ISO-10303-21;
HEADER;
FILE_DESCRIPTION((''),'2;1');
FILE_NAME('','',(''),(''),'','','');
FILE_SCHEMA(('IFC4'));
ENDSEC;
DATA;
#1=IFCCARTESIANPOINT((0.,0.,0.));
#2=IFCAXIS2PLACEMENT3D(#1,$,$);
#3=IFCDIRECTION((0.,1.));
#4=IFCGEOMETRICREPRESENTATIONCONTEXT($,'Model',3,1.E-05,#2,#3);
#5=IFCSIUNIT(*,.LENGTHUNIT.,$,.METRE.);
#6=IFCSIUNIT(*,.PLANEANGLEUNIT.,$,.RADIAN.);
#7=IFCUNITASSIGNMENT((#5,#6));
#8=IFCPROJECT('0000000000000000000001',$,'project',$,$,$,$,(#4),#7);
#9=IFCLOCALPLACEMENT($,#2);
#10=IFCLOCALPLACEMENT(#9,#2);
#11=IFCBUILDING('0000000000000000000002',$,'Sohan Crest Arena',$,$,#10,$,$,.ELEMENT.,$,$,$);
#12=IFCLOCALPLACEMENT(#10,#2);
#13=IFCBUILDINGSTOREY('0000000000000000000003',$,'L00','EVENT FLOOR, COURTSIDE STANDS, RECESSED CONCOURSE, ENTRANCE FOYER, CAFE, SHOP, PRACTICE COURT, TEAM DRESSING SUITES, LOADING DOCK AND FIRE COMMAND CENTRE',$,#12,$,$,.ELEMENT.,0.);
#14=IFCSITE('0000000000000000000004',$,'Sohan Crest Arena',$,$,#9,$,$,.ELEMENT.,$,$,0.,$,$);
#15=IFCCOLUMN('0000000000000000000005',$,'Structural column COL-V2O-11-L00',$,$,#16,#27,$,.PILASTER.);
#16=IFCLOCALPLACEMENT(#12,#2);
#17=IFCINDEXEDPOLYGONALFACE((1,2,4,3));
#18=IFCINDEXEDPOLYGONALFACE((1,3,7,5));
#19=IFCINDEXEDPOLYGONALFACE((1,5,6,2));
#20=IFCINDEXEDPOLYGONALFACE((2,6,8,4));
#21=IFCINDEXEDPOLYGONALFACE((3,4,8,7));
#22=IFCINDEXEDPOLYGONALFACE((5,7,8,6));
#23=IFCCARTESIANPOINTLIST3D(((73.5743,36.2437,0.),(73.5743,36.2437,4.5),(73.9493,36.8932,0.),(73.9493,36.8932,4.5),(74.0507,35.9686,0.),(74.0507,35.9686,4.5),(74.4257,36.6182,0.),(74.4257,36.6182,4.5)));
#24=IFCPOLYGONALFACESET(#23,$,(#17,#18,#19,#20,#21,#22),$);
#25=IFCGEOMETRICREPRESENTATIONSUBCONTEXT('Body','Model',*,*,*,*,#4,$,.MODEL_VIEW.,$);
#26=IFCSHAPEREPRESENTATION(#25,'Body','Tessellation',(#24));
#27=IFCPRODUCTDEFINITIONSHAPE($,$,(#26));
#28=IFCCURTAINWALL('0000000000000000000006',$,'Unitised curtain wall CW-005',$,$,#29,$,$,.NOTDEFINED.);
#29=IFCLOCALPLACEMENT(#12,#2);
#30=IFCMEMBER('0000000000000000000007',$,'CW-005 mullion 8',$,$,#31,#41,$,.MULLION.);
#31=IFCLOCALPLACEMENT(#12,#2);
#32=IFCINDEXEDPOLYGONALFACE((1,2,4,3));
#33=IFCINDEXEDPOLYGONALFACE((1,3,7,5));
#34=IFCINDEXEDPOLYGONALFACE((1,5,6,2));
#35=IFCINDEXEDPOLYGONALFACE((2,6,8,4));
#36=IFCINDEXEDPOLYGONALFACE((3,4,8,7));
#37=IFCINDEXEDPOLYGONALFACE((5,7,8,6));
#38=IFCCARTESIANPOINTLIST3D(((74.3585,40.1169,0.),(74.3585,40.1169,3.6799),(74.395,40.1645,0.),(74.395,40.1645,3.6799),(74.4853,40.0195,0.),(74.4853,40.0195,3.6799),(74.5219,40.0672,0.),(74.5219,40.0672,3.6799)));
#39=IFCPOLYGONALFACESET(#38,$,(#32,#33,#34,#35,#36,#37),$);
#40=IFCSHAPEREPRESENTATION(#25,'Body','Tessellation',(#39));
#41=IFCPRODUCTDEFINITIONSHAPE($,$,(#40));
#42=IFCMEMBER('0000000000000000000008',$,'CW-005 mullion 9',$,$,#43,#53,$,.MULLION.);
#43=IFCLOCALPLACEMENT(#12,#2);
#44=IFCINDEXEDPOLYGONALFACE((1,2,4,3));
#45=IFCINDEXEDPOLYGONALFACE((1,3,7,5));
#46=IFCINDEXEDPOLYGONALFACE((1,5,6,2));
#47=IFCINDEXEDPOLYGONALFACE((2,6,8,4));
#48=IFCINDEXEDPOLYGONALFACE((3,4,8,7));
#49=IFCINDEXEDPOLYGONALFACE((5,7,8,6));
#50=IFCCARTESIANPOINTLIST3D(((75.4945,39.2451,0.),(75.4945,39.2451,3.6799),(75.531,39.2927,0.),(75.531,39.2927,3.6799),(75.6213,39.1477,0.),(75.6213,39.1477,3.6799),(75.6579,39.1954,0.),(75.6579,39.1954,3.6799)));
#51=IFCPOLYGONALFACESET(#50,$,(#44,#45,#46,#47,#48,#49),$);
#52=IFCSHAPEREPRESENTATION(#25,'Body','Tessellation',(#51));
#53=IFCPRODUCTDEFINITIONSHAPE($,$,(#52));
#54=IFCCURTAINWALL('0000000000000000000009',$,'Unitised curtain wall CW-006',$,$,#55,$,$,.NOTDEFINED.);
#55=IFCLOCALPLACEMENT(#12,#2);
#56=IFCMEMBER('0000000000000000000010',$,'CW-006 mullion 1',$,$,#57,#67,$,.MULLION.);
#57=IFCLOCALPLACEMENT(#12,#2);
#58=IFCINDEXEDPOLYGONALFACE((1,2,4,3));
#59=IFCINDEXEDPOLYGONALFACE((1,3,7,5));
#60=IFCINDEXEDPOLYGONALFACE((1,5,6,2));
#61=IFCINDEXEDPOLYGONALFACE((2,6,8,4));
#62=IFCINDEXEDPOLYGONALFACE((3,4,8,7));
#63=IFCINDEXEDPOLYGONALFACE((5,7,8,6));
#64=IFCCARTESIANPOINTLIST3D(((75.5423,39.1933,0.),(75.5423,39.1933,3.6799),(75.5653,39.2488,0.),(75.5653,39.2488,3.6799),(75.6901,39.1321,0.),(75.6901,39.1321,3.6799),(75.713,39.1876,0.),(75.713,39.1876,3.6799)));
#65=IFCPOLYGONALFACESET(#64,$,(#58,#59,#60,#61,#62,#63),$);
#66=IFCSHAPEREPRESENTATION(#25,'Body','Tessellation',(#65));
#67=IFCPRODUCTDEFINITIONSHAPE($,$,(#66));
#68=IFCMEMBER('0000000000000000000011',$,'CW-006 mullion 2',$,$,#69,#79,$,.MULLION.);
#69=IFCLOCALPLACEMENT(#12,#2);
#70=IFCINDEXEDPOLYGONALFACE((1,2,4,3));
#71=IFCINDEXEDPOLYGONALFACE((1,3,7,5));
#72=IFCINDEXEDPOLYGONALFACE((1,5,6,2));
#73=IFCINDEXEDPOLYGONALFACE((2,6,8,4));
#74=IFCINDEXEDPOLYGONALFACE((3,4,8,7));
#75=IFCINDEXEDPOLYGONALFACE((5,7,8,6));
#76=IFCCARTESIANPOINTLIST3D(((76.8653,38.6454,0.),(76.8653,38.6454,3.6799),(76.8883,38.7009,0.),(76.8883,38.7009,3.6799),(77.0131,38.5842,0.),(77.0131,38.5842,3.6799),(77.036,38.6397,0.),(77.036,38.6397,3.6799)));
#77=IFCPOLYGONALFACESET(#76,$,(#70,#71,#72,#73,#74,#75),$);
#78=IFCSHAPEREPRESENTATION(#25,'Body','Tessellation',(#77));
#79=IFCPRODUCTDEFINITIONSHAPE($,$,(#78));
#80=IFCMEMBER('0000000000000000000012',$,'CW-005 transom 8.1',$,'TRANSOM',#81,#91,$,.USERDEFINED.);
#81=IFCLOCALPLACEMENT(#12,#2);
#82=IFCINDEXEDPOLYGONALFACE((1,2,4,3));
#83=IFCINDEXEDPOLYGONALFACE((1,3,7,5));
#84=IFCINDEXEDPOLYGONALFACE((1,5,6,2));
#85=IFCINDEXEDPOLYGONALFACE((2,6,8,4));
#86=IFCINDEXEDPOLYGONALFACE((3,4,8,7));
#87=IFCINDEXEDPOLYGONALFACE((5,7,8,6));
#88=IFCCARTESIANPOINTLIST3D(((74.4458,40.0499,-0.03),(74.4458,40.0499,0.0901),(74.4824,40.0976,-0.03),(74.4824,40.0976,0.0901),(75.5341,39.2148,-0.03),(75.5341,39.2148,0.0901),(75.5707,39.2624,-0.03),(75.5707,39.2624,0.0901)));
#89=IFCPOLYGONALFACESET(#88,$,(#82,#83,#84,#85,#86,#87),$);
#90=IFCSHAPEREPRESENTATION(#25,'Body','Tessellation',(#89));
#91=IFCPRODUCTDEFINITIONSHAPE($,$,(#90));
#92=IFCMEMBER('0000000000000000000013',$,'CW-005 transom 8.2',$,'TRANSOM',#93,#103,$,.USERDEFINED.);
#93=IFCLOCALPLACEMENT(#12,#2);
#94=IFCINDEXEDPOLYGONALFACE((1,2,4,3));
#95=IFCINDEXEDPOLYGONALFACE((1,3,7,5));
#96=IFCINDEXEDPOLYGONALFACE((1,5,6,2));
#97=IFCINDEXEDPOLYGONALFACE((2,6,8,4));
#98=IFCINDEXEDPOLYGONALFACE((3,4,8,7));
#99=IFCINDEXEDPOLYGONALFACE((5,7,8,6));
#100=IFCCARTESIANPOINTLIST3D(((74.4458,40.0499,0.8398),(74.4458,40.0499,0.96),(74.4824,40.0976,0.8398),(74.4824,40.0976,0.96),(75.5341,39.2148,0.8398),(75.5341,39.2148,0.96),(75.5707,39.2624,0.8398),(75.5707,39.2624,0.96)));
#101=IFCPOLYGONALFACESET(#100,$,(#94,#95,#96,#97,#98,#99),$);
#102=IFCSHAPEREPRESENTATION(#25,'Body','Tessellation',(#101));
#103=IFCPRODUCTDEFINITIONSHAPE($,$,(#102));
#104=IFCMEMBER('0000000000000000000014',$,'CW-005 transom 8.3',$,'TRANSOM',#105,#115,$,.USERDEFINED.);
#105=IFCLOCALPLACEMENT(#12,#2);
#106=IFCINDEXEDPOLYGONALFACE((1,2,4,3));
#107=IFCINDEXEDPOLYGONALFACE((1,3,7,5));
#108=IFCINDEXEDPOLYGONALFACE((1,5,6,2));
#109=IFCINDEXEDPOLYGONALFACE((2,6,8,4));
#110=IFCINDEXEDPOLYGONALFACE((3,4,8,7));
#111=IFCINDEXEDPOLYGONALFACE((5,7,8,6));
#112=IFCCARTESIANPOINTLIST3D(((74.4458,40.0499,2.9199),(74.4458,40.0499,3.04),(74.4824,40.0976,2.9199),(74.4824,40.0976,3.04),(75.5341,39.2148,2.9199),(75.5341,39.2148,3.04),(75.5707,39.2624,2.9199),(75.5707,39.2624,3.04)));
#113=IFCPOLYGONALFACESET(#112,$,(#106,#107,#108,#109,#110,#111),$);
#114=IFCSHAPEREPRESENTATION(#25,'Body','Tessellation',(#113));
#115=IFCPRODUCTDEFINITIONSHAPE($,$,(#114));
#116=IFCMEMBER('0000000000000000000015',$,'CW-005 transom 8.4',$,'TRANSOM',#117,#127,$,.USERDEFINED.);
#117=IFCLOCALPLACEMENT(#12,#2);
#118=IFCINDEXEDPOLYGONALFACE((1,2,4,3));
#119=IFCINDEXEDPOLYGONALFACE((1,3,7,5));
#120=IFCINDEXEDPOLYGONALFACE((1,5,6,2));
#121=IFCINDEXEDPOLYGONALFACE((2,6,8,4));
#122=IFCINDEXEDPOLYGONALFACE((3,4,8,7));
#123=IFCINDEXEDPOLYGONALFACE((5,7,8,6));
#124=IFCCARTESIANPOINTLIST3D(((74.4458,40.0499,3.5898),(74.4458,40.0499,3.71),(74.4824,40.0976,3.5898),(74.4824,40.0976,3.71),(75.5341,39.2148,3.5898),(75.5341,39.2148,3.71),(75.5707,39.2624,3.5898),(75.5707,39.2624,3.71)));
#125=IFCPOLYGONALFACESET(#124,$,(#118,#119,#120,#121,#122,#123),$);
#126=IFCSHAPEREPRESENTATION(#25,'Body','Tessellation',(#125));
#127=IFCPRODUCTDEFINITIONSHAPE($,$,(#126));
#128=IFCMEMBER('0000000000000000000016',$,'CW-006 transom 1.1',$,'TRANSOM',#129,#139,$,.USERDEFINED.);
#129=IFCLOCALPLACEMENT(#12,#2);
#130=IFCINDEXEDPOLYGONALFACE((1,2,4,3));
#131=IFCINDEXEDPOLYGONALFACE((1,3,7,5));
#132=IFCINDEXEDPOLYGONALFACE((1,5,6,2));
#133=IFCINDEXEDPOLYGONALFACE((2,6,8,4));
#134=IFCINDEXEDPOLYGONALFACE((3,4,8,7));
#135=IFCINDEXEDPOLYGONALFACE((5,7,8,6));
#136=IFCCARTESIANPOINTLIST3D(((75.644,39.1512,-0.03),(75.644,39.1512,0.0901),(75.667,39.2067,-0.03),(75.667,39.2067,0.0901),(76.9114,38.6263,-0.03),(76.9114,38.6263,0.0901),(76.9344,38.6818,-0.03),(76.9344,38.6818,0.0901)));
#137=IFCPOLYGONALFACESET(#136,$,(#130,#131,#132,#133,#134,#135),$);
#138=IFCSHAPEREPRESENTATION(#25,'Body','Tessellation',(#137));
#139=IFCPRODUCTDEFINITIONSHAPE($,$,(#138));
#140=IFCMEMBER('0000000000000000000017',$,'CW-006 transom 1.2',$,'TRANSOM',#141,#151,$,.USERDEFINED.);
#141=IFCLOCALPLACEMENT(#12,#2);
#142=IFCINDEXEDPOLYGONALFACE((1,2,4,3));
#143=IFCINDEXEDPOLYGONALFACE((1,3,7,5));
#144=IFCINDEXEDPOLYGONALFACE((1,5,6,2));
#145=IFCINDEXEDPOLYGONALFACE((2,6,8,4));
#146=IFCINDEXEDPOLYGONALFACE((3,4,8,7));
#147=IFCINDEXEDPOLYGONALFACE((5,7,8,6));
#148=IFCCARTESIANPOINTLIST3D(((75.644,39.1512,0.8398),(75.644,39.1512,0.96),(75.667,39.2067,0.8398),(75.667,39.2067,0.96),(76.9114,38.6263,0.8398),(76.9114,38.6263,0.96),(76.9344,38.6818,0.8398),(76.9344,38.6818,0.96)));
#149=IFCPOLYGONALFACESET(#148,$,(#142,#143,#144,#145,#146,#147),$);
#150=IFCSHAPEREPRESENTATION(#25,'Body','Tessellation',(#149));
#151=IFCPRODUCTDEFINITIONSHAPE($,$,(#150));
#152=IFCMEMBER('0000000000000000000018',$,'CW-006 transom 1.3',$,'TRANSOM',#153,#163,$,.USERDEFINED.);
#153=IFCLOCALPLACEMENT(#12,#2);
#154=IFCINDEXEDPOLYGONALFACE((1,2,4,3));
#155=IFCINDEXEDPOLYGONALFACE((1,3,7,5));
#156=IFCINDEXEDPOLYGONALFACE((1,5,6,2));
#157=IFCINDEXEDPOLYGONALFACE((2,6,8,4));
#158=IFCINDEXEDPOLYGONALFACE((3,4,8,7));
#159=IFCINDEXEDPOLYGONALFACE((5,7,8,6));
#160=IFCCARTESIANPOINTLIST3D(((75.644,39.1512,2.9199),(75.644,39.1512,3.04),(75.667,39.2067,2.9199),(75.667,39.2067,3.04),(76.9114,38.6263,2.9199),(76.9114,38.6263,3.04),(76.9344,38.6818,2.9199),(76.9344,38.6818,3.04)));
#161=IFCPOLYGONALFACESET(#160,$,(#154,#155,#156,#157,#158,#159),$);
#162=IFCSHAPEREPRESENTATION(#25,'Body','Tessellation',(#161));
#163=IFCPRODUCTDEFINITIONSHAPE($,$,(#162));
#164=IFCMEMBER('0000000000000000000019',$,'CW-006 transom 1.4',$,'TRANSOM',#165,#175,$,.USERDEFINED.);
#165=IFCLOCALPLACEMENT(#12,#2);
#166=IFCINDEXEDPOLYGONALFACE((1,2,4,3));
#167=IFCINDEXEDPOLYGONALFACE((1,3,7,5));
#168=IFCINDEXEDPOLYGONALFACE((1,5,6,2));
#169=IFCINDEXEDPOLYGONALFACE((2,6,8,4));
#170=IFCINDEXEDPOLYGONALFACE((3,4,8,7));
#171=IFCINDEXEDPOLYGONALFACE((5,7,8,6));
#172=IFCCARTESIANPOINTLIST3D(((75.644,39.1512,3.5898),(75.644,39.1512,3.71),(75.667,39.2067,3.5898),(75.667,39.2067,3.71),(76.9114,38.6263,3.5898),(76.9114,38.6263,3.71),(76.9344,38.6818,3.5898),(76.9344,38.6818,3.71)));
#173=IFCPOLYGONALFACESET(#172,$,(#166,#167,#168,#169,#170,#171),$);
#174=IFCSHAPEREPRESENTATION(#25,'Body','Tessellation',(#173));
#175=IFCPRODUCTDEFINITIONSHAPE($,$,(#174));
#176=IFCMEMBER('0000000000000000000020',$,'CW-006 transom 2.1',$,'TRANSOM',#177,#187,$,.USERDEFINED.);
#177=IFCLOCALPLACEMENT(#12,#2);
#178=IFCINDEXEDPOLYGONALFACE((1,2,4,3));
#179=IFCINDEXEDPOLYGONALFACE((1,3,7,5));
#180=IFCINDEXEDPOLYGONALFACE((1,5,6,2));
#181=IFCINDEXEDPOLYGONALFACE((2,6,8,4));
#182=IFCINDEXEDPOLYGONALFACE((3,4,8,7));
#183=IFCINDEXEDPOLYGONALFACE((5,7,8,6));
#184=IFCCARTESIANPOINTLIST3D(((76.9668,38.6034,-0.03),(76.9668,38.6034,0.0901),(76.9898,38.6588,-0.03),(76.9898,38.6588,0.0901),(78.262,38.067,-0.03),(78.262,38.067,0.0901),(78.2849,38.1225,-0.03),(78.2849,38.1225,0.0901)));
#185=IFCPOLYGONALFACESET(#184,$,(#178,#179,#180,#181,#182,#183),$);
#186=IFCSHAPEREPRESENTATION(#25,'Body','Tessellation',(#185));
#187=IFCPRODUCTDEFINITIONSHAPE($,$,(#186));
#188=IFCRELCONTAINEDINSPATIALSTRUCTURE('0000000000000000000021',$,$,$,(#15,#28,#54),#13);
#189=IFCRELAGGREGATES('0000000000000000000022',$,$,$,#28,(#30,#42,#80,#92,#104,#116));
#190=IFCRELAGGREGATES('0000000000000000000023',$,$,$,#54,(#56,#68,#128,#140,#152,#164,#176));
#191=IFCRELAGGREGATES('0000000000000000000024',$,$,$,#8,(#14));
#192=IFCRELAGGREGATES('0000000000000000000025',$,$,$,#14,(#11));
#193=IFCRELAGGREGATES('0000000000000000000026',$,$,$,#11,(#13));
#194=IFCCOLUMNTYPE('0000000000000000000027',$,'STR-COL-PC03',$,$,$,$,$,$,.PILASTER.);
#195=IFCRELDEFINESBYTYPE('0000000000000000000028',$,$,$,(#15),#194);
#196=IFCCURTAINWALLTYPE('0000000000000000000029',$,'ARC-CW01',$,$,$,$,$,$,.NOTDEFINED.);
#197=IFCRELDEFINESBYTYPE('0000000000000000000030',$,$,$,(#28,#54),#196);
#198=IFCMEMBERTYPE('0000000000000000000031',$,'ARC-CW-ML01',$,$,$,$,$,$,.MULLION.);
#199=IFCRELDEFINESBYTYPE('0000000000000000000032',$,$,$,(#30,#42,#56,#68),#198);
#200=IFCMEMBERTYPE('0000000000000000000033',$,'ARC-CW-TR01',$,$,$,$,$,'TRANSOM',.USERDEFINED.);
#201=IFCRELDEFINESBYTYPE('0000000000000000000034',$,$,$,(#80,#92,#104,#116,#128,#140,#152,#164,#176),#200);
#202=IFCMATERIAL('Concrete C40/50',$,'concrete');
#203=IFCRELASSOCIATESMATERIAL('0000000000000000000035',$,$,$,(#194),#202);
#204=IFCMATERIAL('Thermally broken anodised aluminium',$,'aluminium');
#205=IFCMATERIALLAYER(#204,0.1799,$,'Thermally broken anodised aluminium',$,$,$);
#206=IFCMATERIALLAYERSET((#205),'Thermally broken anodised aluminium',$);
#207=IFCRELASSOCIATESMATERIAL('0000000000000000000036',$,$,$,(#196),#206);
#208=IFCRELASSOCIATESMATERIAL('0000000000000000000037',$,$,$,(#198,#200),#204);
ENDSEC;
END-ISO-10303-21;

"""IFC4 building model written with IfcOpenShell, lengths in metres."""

from ifc_helpers import new_model, si_unit, direction, frame, origin, origin_2d, place, context, subcontext, project, spatial, rectangle, extrude, material, layer, layer_set, material_profile, profile_set, type_object, element, aggregate, save


model = new_model("IFC4")

# Units and contexts
model_context = context("Model", 3, precision=1e-05, world=origin(), true_north=direction((0.0, 1.0)))
body_context = subcontext(model_context, "Body", "Model", "MODEL_VIEW")
ifc_project = project(units=[si_unit("LENGTHUNIT", "METRE"), si_unit("PLANEANGLEUNIT", "RADIAN")], contexts=[model_context])

# Site, building, storey
site_placement = place(None, origin())
site = spatial("IfcSite", under=ifc_project, at=site_placement, Name="Sohan Crest Arena", CompositionType="ELEMENT", RefElevation=0.0)
building_placement = place(site_placement, origin())
building = spatial("IfcBuilding", under=site, at=building_placement, Name="Sohan Crest Arena", CompositionType="ELEMENT")
storey_placement = place(building_placement, origin())
storey = spatial("IfcBuildingStorey", under=building, at=storey_placement, Name="L00", Description="EVENT FLOOR, COURTSIDE STANDS, RECESSED CONCOURSE, ENTRANCE FOYER, CAFE, SHOP, PRACTICE COURT, TEAM DRESSING SUITES, LOADING DOCK AND FIRE COMMAND CENTRE", CompositionType="ELEMENT", Elevation=0.0)

# Column
ifc_material_1 = material(Name="Concrete C40/50", Category="concrete")
ifc_material_profile_1 = material_profile(ifc_material_1, rectangle(XDim=0.75, YDim=0.55, at=origin_2d()), Name="RC 750x550")
ifc_profile_set_1 = profile_set([ifc_material_profile_1], Name="Concrete C40/50")
column_type = type_object("IfcColumnType", Name="STR-COL-PC03", PredefinedType="PILASTER", material=ifc_profile_set_1)
column_placement = place(storey_placement, frame((74.0, 36.4309, 0.0), z_axis=(0.0, 0.0, 1.0), x_axis=(0.5, 0.866025, 0.0)))
element("IfcColumn", 1, at=column_placement, inside=storey, type_object=column_type, Name="Structural column COL-V2O-11-L00", PredefinedType="PILASTER", context=body_context, shape_type="SweptSolid", body=[
    extrude(rectangle(XDim=0.75, YDim=0.55, at=origin_2d()), origin(), (0.0, 0.0, 1.0), 4.5),
])

# Curtain walls, members
ifc_material_2 = material(Name="Thermally broken anodised aluminium", Category="aluminium")
ifc_layer_1 = layer(ifc_material_2, 0.1799, Name="Thermally broken anodised aluminium")
ifc_layer_set_1 = layer_set([ifc_layer_1], Name="Thermally broken anodised aluminium")
curtain_wall_type = type_object("IfcCurtainWallType", Name="ARC-CW01", PredefinedType="NOTDEFINED", material=ifc_layer_set_1)
curtain_wall_1_placement = place(storey_placement, origin())
curtain_wall_1 = element("IfcCurtainWall", 2, at=curtain_wall_1_placement, inside=storey, type_object=curtain_wall_type, Name="Unitised curtain wall CW-005", PredefinedType="NOTDEFINED")
ifc_material_profile_2 = material_profile(ifc_material_2, rectangle(XDim=0.0601, YDim=0.1599, at=origin_2d()), Name="ALU-MULL 60x160")
ifc_profile_set_2 = profile_set([ifc_material_profile_2], Name="Thermally broken anodised aluminium")
member_type_1 = type_object("IfcMemberType", Name="ARC-CW-ML01", PredefinedType="MULLION", material=ifc_profile_set_2)
member_1_placement = place(storey_placement, frame((74.4402, 40.092, 0.0), z_axis=(0.0, 0.0, 1.0), x_axis=(0.608801, 0.793323, 0.0)))
member_1 = element("IfcMember", 3, at=member_1_placement, type_object=member_type_1, Name="CW-005 mullion 8", PredefinedType="MULLION", context=body_context, shape_type="SweptSolid", body=[
    extrude(rectangle(XDim=0.0601, YDim=0.1599, at=origin_2d()), origin(), (0.0, 0.0, 1.0), 3.6799),
])
member_2_placement = place(storey_placement, frame((75.5762, 39.2202, 0.0), z_axis=(0.0, 0.0, 1.0), x_axis=(0.608801, 0.793323, 0.0)))
member_2 = element("IfcMember", 4, at=member_2_placement, type_object=member_type_1, Name="CW-005 mullion 9", PredefinedType="MULLION", context=body_context, shape_type="SweptSolid", body=[
    extrude(rectangle(XDim=0.0601, YDim=0.1599, at=origin_2d()), origin(), (0.0, 0.0, 1.0), 3.6799),
])
curtain_wall_2_placement = place(storey_placement, origin())
curtain_wall_2 = element("IfcCurtainWall", 5, at=curtain_wall_2_placement, inside=storey, type_object=curtain_wall_type, Name="Unitised curtain wall CW-006", PredefinedType="NOTDEFINED")
member_3_placement = place(storey_placement, frame((75.6277, 39.1904, 0.0), z_axis=(0.0, 0.0, 1.0), x_axis=(0.382641, 0.923897, 0.0)))
member_3 = element("IfcMember", 6, at=member_3_placement, type_object=member_type_1, Name="CW-006 mullion 1", PredefinedType="MULLION", context=body_context, shape_type="SweptSolid", body=[
    extrude(rectangle(XDim=0.0601, YDim=0.1599, at=origin_2d()), origin(), (0.0, 0.0, 1.0), 3.6799),
])
member_4_placement = place(storey_placement, frame((76.9507, 38.6426, 0.0), z_axis=(0.0, 0.0, 1.0), x_axis=(0.382641, 0.923897, 0.0)))
member_4 = element("IfcMember", 7, at=member_4_placement, type_object=member_type_1, Name="CW-006 mullion 2", PredefinedType="MULLION", context=body_context, shape_type="SweptSolid", body=[
    extrude(rectangle(XDim=0.0601, YDim=0.1599, at=origin_2d()), origin(), (0.0, 0.0, 1.0), 3.6799),
])

# Members
ifc_material_profile_3 = material_profile(ifc_material_2, rectangle(XDim=0.0601, YDim=0.1201, at=origin_2d()), Name="ALU-TRAN 60x120")
ifc_profile_set_3 = profile_set([ifc_material_profile_3], Name="Thermally broken anodised aluminium")
member_type_2 = type_object("IfcMemberType", Name="ARC-CW-TR01", ElementType="TRANSOM", PredefinedType="USERDEFINED", material=ifc_profile_set_3)
member_5_placement = place(storey_placement, frame((74.4641, 40.0737, 0.03), z_axis=(0.793331, -0.60879, 0.0), x_axis=(0.60879, 0.793331, 0.0)))
member_5 = element("IfcMember", 8, at=member_5_placement, type_object=member_type_2, Name="CW-005 transom 8.1", ObjectType="TRANSOM", PredefinedType="USERDEFINED", context=body_context, shape_type="SweptSolid", body=[
    extrude(rectangle(XDim=0.0601, YDim=0.1201, at=origin_2d()), origin(), (0.0, 0.0, 1.0), 1.3718),
])
member_6_placement = place(storey_placement, frame((74.4641, 40.0737, 0.8999), z_axis=(0.793331, -0.60879, 0.0), x_axis=(0.60879, 0.793331, 0.0)))
member_6 = element("IfcMember", 9, at=member_6_placement, type_object=member_type_2, Name="CW-005 transom 8.2", ObjectType="TRANSOM", PredefinedType="USERDEFINED", context=body_context, shape_type="SweptSolid", body=[
    extrude(rectangle(XDim=0.0601, YDim=0.1201, at=origin_2d()), origin(), (0.0, 0.0, 1.0), 1.3718),
])
member_7_placement = place(storey_placement, frame((74.4641, 40.0737, 2.98), z_axis=(0.793331, -0.60879, 0.0), x_axis=(0.60879, 0.793331, 0.0)))
member_7 = element("IfcMember", 10, at=member_7_placement, type_object=member_type_2, Name="CW-005 transom 8.3", ObjectType="TRANSOM", PredefinedType="USERDEFINED", context=body_context, shape_type="SweptSolid", body=[
    extrude(rectangle(XDim=0.0601, YDim=0.1201, at=origin_2d()), origin(), (0.0, 0.0, 1.0), 1.3718),
])
member_8_placement = place(storey_placement, frame((74.4641, 40.0737, 3.6499), z_axis=(0.793331, -0.60879, 0.0), x_axis=(0.60879, 0.793331, 0.0)))
member_8 = element("IfcMember", 11, at=member_8_placement, type_object=member_type_2, Name="CW-005 transom 8.4", ObjectType="TRANSOM", PredefinedType="USERDEFINED", context=body_context, shape_type="SweptSolid", body=[
    extrude(rectangle(XDim=0.0601, YDim=0.1201, at=origin_2d()), origin(), (0.0, 0.0, 1.0), 1.3718),
])
member_9_placement = place(storey_placement, frame((75.6555, 39.179, 0.03), z_axis=(0.923891, -0.382656, 0.0), x_axis=(0.382656, 0.923891, 0.0)))
member_9 = element("IfcMember", 12, at=member_9_placement, type_object=member_type_2, Name="CW-006 transom 1.1", ObjectType="TRANSOM", PredefinedType="USERDEFINED", context=body_context, shape_type="SweptSolid", body=[
    extrude(rectangle(XDim=0.0601, YDim=0.1201, at=origin_2d()), origin(), (0.0, 0.0, 1.0), 1.3718),
])
member_10_placement = place(storey_placement, frame((75.6555, 39.179, 0.8999), z_axis=(0.923891, -0.382656, 0.0), x_axis=(0.382656, 0.923891, 0.0)))
member_10 = element("IfcMember", 13, at=member_10_placement, type_object=member_type_2, Name="CW-006 transom 1.2", ObjectType="TRANSOM", PredefinedType="USERDEFINED", context=body_context, shape_type="SweptSolid", body=[
    extrude(rectangle(XDim=0.0601, YDim=0.1201, at=origin_2d()), origin(), (0.0, 0.0, 1.0), 1.3718),
])
member_11_placement = place(storey_placement, frame((75.6555, 39.179, 2.98), z_axis=(0.923891, -0.382656, 0.0), x_axis=(0.382656, 0.923891, 0.0)))
member_11 = element("IfcMember", 14, at=member_11_placement, type_object=member_type_2, Name="CW-006 transom 1.3", ObjectType="TRANSOM", PredefinedType="USERDEFINED", context=body_context, shape_type="SweptSolid", body=[
    extrude(rectangle(XDim=0.0601, YDim=0.1201, at=origin_2d()), origin(), (0.0, 0.0, 1.0), 1.3718),
])
member_12_placement = place(storey_placement, frame((75.6555, 39.179, 3.6499), z_axis=(0.923891, -0.382656, 0.0), x_axis=(0.382656, 0.923891, 0.0)))
member_12 = element("IfcMember", 15, at=member_12_placement, type_object=member_type_2, Name="CW-006 transom 1.4", ObjectType="TRANSOM", PredefinedType="USERDEFINED", context=body_context, shape_type="SweptSolid", body=[
    extrude(rectangle(XDim=0.0601, YDim=0.1201, at=origin_2d()), origin(), (0.0, 0.0, 1.0), 1.3718),
])
member_13_placement = place(storey_placement, frame((76.9783, 38.6311, 0.03), z_axis=(0.923904, -0.382624, 0.0), x_axis=(0.382624, 0.923904, 0.0)))
member_13 = element("IfcMember", 16, at=member_13_placement, type_object=member_type_2, Name="CW-006 transom 2.1", ObjectType="TRANSOM", PredefinedType="USERDEFINED", context=body_context, shape_type="SweptSolid", body=[
    extrude(rectangle(XDim=0.0601, YDim=0.1201, at=origin_2d()), origin(), (0.0, 0.0, 1.0), 1.4019),
])

aggregate(curtain_wall_1, [member_1, member_2, member_5, member_6, member_7, member_8])
aggregate(curtain_wall_2, [member_3, member_4, member_9, member_10, member_11, member_12, member_13])

save(model, "model.ifc")
